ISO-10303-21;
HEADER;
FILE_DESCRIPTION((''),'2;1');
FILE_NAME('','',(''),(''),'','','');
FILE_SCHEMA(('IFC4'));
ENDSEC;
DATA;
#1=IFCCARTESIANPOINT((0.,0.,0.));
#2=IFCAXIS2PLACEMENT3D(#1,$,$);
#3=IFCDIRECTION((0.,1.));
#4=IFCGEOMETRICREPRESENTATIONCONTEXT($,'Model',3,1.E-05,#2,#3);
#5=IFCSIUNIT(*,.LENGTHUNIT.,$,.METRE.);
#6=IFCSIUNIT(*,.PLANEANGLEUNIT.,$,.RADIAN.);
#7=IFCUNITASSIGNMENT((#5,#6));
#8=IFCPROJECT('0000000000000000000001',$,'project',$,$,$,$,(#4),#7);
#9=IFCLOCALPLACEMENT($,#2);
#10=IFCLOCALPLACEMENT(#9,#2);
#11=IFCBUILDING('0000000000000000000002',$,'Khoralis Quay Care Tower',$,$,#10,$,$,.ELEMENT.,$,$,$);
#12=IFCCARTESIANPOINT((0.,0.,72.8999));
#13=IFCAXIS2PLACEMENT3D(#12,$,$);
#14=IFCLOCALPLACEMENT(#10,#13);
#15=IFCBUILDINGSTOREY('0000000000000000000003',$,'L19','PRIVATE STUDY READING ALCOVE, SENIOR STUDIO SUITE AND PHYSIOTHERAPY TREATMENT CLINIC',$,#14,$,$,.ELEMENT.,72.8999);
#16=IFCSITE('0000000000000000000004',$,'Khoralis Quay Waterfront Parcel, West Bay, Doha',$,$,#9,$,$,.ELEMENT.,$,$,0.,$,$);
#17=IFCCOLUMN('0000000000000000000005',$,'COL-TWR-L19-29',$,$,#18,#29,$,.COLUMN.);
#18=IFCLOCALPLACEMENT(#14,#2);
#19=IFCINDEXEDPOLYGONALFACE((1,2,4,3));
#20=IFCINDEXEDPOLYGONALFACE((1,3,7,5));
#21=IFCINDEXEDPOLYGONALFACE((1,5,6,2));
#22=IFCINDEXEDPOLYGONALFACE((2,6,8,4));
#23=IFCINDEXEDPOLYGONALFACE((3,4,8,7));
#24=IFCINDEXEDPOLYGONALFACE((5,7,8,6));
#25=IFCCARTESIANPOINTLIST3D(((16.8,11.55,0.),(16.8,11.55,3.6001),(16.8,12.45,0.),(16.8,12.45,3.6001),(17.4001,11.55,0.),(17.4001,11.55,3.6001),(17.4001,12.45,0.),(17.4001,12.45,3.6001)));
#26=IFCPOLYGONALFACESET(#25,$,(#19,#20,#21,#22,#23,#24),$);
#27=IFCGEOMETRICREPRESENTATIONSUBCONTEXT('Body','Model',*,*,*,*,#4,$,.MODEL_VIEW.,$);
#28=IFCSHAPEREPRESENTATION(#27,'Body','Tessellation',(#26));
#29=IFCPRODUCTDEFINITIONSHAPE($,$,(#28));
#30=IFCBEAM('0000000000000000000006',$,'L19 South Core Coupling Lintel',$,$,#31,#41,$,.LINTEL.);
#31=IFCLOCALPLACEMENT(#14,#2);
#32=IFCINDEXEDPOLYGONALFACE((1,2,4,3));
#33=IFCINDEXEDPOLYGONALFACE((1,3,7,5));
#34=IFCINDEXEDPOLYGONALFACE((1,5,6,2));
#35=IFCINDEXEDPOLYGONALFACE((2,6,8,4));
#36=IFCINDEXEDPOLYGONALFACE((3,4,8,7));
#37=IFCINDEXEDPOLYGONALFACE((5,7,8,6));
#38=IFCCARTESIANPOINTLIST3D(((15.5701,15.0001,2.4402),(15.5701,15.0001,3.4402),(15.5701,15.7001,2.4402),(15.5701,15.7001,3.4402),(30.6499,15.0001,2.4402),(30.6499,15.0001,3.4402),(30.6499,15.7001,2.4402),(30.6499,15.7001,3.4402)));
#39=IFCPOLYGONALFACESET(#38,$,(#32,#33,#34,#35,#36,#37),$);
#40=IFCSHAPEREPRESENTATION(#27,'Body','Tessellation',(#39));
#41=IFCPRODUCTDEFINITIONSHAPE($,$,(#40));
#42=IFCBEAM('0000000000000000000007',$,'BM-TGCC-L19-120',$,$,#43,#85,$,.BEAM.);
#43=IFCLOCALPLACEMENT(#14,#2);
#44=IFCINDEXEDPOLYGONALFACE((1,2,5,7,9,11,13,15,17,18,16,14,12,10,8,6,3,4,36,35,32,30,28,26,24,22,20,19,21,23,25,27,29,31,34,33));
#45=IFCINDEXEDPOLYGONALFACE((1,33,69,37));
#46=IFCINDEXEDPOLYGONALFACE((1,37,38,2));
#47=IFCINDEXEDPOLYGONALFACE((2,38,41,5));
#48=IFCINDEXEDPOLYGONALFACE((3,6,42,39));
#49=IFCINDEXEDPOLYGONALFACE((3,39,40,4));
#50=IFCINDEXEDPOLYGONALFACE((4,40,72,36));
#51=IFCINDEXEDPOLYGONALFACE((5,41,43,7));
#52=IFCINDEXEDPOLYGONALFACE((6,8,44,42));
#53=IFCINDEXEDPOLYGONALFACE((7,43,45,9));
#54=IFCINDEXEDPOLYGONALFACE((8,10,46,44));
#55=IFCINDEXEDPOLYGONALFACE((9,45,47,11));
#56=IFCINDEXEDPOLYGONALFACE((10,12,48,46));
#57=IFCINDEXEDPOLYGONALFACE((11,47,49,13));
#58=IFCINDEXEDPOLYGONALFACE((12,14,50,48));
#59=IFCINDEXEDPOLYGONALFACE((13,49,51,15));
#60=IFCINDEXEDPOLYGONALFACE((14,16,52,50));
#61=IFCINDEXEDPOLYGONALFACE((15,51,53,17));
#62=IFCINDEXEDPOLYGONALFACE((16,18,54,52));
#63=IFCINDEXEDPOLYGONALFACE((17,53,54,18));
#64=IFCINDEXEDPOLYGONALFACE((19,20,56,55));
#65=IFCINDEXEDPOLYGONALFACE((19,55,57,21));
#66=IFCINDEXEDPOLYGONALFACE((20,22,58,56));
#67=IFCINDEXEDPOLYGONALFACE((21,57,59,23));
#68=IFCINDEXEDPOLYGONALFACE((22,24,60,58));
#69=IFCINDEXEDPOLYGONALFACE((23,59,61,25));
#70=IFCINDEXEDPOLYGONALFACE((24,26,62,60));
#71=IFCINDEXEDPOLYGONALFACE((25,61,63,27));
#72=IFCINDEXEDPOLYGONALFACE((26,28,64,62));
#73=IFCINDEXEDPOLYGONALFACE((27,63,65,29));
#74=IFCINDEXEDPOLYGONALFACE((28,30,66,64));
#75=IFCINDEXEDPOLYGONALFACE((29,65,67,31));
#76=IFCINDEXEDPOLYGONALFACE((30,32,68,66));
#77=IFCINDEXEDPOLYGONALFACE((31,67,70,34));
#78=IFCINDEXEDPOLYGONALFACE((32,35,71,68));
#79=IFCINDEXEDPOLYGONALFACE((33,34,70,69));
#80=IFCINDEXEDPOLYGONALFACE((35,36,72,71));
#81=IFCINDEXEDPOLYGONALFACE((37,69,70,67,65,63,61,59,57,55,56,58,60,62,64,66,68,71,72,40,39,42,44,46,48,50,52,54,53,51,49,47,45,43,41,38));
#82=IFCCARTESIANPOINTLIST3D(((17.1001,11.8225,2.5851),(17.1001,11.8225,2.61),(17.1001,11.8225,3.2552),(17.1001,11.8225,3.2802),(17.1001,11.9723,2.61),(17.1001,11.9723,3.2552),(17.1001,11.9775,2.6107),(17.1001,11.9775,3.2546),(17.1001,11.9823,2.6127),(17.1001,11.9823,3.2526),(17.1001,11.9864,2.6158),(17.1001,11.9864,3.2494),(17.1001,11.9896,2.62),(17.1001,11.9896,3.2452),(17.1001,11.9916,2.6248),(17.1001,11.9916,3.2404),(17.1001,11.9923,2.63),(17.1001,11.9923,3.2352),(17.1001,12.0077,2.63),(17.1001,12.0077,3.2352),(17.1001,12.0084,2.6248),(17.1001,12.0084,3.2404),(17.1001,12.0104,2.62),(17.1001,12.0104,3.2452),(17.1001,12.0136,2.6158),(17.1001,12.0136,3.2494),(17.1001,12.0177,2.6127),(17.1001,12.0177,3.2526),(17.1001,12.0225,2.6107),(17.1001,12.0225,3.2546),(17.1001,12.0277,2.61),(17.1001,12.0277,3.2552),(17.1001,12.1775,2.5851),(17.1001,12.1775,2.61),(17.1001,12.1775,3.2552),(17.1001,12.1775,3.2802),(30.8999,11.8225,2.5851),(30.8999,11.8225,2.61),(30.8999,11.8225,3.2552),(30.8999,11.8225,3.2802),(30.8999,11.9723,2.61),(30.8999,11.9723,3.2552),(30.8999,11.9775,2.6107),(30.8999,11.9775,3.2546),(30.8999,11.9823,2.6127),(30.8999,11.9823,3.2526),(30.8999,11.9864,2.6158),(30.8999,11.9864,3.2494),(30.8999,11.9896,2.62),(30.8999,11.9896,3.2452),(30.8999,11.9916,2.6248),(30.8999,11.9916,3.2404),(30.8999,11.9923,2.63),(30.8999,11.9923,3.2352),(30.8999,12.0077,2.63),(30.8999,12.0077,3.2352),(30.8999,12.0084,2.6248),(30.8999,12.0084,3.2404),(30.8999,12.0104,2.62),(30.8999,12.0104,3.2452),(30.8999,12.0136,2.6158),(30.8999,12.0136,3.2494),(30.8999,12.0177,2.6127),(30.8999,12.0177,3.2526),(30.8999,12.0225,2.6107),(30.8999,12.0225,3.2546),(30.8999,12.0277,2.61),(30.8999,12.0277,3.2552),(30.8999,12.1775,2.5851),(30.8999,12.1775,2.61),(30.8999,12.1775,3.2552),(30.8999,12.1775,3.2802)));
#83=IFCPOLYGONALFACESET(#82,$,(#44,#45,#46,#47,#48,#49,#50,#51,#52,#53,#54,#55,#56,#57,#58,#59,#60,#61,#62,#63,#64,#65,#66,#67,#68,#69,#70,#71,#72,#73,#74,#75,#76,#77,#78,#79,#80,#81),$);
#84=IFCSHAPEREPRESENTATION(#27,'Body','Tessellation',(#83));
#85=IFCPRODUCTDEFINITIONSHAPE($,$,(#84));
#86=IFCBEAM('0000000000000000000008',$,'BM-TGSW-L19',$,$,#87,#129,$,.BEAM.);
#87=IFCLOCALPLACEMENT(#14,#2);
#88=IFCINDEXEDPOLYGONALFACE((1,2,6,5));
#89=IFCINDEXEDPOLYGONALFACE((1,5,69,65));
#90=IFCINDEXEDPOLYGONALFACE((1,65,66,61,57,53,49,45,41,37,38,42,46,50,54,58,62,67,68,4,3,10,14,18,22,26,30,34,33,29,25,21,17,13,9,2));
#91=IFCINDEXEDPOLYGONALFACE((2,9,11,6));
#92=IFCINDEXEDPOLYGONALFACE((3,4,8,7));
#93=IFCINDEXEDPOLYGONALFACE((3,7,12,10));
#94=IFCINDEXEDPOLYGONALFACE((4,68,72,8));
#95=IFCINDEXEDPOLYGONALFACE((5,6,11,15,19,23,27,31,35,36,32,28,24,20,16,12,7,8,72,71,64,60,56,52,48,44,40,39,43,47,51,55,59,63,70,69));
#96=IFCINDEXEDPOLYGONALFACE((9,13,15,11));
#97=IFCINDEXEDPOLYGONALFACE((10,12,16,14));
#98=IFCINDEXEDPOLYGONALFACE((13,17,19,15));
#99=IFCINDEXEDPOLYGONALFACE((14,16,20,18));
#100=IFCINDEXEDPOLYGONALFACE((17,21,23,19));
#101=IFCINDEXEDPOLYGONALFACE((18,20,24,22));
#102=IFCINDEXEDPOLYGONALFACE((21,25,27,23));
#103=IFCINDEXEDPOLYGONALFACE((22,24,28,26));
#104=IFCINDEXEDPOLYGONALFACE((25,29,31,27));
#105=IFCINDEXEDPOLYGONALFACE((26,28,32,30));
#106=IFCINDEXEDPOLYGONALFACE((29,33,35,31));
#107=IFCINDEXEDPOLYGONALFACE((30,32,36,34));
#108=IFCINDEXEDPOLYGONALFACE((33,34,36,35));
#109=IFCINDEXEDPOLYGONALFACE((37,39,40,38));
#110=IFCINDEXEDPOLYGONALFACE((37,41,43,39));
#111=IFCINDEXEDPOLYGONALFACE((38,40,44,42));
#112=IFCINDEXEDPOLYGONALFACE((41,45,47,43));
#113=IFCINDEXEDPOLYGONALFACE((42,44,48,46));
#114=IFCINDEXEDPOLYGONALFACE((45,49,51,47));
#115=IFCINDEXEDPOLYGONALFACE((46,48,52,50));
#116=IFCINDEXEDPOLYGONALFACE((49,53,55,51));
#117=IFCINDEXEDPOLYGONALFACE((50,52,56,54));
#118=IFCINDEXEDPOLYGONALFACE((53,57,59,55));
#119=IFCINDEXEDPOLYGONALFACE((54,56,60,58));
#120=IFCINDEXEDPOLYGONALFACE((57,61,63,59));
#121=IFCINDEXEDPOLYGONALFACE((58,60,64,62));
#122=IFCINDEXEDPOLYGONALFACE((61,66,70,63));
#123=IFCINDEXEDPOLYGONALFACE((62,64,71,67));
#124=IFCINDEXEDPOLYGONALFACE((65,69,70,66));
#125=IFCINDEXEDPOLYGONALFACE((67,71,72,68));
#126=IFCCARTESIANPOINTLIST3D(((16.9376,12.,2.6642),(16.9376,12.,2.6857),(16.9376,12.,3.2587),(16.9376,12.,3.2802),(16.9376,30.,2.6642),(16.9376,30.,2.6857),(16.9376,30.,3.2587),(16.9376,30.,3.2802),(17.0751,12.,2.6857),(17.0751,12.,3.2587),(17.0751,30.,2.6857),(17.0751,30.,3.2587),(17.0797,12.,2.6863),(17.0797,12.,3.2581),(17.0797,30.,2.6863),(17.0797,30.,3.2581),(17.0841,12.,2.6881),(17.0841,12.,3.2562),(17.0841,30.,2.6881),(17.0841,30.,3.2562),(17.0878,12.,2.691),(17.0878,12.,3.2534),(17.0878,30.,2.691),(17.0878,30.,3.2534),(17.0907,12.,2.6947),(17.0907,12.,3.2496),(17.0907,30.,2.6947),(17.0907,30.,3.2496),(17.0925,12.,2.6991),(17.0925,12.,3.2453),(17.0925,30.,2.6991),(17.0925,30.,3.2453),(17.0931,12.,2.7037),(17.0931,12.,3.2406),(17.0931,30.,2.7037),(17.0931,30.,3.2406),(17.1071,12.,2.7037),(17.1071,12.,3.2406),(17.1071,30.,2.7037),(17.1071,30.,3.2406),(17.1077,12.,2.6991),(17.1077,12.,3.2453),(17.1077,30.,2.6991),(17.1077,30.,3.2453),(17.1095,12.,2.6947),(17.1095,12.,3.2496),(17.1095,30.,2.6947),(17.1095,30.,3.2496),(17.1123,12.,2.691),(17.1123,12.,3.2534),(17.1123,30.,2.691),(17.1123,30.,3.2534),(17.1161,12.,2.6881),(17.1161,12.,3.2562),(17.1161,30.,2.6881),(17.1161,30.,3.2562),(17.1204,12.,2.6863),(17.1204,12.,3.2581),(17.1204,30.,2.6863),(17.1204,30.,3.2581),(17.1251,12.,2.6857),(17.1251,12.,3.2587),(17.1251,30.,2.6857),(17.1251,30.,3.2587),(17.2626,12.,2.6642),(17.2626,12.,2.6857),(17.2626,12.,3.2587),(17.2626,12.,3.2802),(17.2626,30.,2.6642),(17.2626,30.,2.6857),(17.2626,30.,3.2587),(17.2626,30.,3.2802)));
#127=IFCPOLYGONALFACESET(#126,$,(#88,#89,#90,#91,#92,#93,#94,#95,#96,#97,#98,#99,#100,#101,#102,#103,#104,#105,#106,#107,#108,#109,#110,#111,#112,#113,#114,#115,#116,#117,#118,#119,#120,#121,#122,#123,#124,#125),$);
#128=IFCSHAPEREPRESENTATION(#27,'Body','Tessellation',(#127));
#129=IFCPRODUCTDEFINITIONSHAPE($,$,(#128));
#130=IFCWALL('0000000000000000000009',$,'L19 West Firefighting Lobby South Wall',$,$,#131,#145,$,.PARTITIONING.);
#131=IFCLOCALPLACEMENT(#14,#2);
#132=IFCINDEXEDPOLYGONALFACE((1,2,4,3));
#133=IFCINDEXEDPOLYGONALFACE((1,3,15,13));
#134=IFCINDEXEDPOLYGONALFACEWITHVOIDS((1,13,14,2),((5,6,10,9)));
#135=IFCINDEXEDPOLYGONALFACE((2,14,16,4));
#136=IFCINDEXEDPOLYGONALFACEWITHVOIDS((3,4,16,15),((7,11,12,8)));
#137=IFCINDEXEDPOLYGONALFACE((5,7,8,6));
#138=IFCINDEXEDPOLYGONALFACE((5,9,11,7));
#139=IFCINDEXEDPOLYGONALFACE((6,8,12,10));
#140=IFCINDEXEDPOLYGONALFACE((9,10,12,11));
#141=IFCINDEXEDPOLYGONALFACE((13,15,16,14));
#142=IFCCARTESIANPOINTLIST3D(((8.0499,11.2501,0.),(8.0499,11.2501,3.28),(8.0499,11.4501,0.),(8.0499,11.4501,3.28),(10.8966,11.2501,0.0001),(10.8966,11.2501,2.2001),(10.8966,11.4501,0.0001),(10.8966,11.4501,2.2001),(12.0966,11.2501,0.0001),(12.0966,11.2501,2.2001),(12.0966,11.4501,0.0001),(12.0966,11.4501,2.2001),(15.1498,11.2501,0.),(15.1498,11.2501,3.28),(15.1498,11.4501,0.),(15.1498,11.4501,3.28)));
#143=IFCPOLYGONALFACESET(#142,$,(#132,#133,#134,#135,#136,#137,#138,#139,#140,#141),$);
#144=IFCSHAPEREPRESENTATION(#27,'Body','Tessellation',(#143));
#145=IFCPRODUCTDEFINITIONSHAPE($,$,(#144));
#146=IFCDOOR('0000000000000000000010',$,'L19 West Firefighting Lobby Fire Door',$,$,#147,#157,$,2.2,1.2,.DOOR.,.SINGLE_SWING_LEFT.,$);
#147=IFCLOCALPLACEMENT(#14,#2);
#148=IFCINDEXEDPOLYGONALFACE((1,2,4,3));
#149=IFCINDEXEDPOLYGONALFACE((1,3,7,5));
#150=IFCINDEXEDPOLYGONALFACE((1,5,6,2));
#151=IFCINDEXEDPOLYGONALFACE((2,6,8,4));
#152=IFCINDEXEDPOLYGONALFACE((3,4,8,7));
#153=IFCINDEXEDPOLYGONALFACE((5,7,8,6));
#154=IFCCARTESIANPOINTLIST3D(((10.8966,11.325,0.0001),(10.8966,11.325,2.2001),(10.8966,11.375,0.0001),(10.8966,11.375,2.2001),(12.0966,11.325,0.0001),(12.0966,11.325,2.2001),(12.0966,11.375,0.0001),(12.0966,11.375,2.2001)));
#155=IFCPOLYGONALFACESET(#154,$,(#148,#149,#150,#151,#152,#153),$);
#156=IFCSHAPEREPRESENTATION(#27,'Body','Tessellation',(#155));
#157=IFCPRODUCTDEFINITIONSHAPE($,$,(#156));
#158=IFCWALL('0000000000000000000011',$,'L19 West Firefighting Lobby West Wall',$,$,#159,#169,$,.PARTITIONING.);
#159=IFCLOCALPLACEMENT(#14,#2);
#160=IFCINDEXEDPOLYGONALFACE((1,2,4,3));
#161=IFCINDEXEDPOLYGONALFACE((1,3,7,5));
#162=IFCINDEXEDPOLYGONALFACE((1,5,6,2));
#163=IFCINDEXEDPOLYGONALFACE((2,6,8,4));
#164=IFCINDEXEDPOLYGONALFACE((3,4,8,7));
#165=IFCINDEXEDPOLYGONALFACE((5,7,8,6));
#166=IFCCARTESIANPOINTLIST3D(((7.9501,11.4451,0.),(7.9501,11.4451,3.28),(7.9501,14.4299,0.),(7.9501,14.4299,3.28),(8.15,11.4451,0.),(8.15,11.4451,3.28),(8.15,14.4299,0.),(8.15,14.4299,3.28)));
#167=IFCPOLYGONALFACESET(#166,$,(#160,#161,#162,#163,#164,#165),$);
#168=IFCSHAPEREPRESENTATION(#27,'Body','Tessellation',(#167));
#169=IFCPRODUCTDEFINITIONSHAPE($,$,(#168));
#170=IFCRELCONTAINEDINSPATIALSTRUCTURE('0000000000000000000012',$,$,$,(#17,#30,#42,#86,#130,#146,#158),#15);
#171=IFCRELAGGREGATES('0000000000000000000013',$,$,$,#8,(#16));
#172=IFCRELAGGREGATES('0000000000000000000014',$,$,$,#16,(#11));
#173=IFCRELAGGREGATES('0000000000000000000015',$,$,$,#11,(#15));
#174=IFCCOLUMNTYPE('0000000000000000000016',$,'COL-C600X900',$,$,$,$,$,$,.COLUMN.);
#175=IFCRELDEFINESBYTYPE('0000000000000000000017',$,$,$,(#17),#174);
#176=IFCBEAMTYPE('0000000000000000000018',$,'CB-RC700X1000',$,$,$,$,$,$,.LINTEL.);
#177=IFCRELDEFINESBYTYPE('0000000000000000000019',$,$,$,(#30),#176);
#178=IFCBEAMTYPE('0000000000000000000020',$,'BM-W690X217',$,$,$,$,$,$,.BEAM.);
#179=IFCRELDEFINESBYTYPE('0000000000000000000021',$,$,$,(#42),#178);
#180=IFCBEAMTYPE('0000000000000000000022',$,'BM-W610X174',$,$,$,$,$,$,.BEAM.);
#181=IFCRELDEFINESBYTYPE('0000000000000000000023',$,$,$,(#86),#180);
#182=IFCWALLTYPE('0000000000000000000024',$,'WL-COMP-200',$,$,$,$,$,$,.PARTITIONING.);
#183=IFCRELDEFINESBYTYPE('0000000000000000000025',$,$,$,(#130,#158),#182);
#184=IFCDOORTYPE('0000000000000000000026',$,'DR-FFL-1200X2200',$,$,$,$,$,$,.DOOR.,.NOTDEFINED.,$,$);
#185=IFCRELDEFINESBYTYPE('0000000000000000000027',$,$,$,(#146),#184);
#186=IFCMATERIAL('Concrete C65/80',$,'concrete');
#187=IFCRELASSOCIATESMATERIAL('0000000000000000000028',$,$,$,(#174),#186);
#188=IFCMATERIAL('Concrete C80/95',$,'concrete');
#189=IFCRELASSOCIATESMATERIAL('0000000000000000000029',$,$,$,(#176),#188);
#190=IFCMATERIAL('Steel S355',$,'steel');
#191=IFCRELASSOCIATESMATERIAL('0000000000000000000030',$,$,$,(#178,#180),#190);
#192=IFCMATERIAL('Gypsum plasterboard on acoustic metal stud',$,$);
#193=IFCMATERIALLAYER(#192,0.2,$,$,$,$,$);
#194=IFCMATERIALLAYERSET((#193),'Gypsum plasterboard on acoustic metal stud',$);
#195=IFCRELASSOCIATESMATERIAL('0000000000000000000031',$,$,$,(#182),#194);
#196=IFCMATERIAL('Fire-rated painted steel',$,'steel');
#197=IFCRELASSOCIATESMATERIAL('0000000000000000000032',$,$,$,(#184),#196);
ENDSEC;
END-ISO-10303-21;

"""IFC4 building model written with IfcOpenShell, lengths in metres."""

from ifc_helpers import new_model, si_unit, direction, frame, frame_2d, origin, origin_2d, place, context, subcontext, project, spatial, rectangle, i_section, extrude, source, transform, mapped, material, layer, layer_set, material_profile, profile_set, type_object, element, fill, save


model = new_model("IFC4")

# Units and contexts
model_context = context("Model", 3, precision=1e-05, world=origin(), true_north=direction((0.0, 1.0)))
body_context = subcontext(model_context, "Body", "Model", "MODEL_VIEW")
ifc_project = project(units=[si_unit("LENGTHUNIT", "METRE"), si_unit("PLANEANGLEUNIT", "RADIAN")], contexts=[model_context])

# Site, building, storey
site_placement = place(None, origin())
site = spatial("IfcSite", under=ifc_project, at=site_placement, Name="Khoralis Quay Waterfront Parcel, West Bay, Doha", CompositionType="ELEMENT", RefElevation=0.0)
building_placement = place(site_placement, origin())
building = spatial("IfcBuilding", under=site, at=building_placement, Name="Khoralis Quay Care Tower", CompositionType="ELEMENT")
storey_placement = place(building_placement, frame((0.0, 0.0, 72.8999)))
storey = spatial("IfcBuildingStorey", under=building, at=storey_placement, Name="L19", Description="PRIVATE STUDY READING ALCOVE, SENIOR STUDIO SUITE AND PHYSIOTHERAPY TREATMENT CLINIC", CompositionType="ELEMENT", Elevation=72.8999)

# Column
ifc_material_1 = material(Name="Concrete C65/80", Category="concrete")
ifc_material_profile_1 = material_profile(ifc_material_1, rectangle(XDim=0.6001, YDim=0.8999, at=origin_2d()), Name="Concrete C65/80")
ifc_profile_set_1 = profile_set([ifc_material_profile_1], Name="Concrete C65/80")
column_type = type_object("IfcColumnType", Name="COL-C600X900", PredefinedType="COLUMN", material=ifc_profile_set_1)
shared_shape_1 = source(origin(), body_context, "Body", "SweptSolid", [
    extrude(rectangle(XDim=0.6001, YDim=0.8999, at=origin_2d()), origin(), (0.0, 0.0, 1.0), 3.6001),
])
column_placement = place(storey_placement, frame((17.1001, 12.0, 0.0), z_axis=(0.0, 0.0, 1.0), x_axis=(1.0, 0.0, 0.0)))
element("IfcColumn", 1, at=column_placement, inside=storey, type_object=column_type, Name="COL-TWR-L19-29", PredefinedType="COLUMN", context=body_context, shape_type="MappedRepresentation", body=[
    mapped(shared_shape_1, transform((0.0, 0.0, 0.0), scale=1.0)),
])

# Beams
ifc_material_2 = material(Name="Concrete C80/95", Category="concrete")
ifc_material_profile_2 = material_profile(ifc_material_2, rectangle(XDim=0.7, YDim=1.0, at=origin_2d()), Name="Concrete C80/95")
ifc_profile_set_2 = profile_set([ifc_material_profile_2], Name="Concrete C80/95")
beam_type_1 = type_object("IfcBeamType", Name="CB-RC700X1000", PredefinedType="LINTEL", material=ifc_profile_set_2)
shared_shape_2 = source(origin(), body_context, "Body", "SweptSolid", [
    extrude(rectangle(XDim=0.7, YDim=1.0, at=origin_2d()), origin(), (0.0, 0.0, 1.0), 15.0798),
])
beam_1_placement = place(storey_placement, frame((15.5701, 15.3501, 2.9402), z_axis=(1.0, 0.0, 0.0), x_axis=(0.0, 1.0, 0.0)))
element("IfcBeam", 2, at=beam_1_placement, inside=storey, type_object=beam_type_1, Name="L19 South Core Coupling Lintel", PredefinedType="LINTEL", context=body_context, shape_type="MappedRepresentation", body=[
    mapped(shared_shape_2, transform((0.0, 0.0, 0.0), scale=1.0)),
])
ifc_material_3 = material(Name="Steel S355", Category="steel")
ifc_material_profile_3 = material_profile(ifc_material_3, i_section(OverallWidth=0.355, OverallDepth=0.6951, WebThickness=0.0154, FlangeThickness=0.0249, FilletRadius=0.02, at=origin_2d()), Name="Steel S355")
ifc_profile_set_3 = profile_set([ifc_material_profile_3], Name="Steel S355")
beam_type_2 = type_object("IfcBeamType", Name="BM-W690X217", PredefinedType="BEAM", material=ifc_profile_set_3)
shared_shape_3 = source(origin(), body_context, "Body", "SweptSolid", [
    extrude(i_section(OverallWidth=0.355, OverallDepth=0.6951, WebThickness=0.0154, FlangeThickness=0.0249, FilletRadius=0.02, at=origin_2d()), origin(), (0.0, 0.0, 1.0), 13.7998),
])
beam_2_placement = place(storey_placement, frame((17.1001, 12.0, 2.9326), z_axis=(1.0, 0.0, 0.0), x_axis=(0.0, 1.0, 0.0)))
element("IfcBeam", 3, at=beam_2_placement, inside=storey, type_object=beam_type_2, Name="BM-TGCC-L19-120", PredefinedType="BEAM", context=body_context, shape_type="MappedRepresentation", body=[
    mapped(shared_shape_3, transform((0.0, 0.0, 0.0), scale=1.0)),
])
ifc_material_profile_4 = material_profile(ifc_material_3, i_section(OverallWidth=0.325, OverallDepth=0.616, WebThickness=0.0139, FlangeThickness=0.0215, FilletRadius=0.0181, at=origin_2d()), Name="Steel S355")
ifc_profile_set_4 = profile_set([ifc_material_profile_4], Name="Steel S355")
beam_type_3 = type_object("IfcBeamType", Name="BM-W610X174", PredefinedType="BEAM", material=ifc_profile_set_4)
shared_shape_4 = source(origin(), body_context, "Body", "SweptSolid", [
    extrude(i_section(OverallWidth=0.325, OverallDepth=0.616, WebThickness=0.0139, FlangeThickness=0.0215, FilletRadius=0.0181, at=origin_2d()), origin(), (0.0, 0.0, 1.0), 18.0),
])
beam_3_placement = place(storey_placement, frame((17.1001, 12.0, 2.9722), z_axis=(0.0, 1.0, 0.0), x_axis=(-1.0, 0.0, 0.0)))
element("IfcBeam", 4, at=beam_3_placement, inside=storey, type_object=beam_type_3, Name="BM-TGSW-L19", PredefinedType="BEAM", context=body_context, shape_type="MappedRepresentation", body=[
    mapped(shared_shape_4, transform((0.0, 0.0, 0.0), scale=1.0)),
])

# Wall, opening, door
ifc_material_4 = material(Name="Gypsum plasterboard on acoustic metal stud")
ifc_layer_1 = layer(ifc_material_4, 0.2)
ifc_layer_set_1 = layer_set([ifc_layer_1], Name="Gypsum plasterboard on acoustic metal stud")
wall_type_1 = type_object("IfcWallType", Name="WL-COMP-200", PredefinedType="PARTITIONING", material=ifc_layer_set_1)
wall_1_placement = place(storey_placement, frame((8.05, 11.3501, 0.0), z_axis=(0.0, 0.0, 1.0), x_axis=(1.0, 0.0, 0.0)))
wall_1 = element("IfcWall", 5, at=wall_1_placement, inside=storey, type_object=wall_type_1, Name="L19 West Firefighting Lobby South Wall", PredefinedType="PARTITIONING", context=body_context, shape_type="SweptSolid", body=[
    extrude(rectangle(XDim=7.0999, YDim=0.2, at=frame_2d((3.5498, 0.0))), origin(), (0.0, 0.0, 1.0), 3.28),
])
opening_1_placement = place(wall_1_placement, frame((2.8464, 0.0, 0.0)))
opening_1 = element("IfcOpeningElement", 6, at=opening_1_placement, cuts=wall_1, PredefinedType="OPENING", context=body_context, shape_type="SweptSolid", body=[
    extrude(rectangle(XDim=1.2, YDim=2.2, at=frame_2d((0.6001, 1.1001))), frame((0.0, 0.1099, 0.0), z_axis=(0.0, -1.0, 0.0), x_axis=(1.0, 0.0, 0.0)), (0.0, 0.0, 1.0), 0.22),
])
ifc_material_5 = material(Name="Fire-rated painted steel", Category="steel")
door_type_1 = type_object("IfcDoorType", Name="DR-FFL-1200X2200", OperationType="NOTDEFINED", PredefinedType="DOOR", material=ifc_material_5)
shared_shape_5 = source(origin(), body_context, "Body", "SweptSolid", [
    extrude(rectangle(XDim=1.2, YDim=2.2, at=frame_2d((0.6001, 1.1001))), frame((0.0, 0.0249, 0.0), z_axis=(0.0, -1.0, 0.0), x_axis=(1.0, 0.0, 0.0)), (0.0, 0.0, 1.0), 0.05),
])
door_1_placement = place(opening_1_placement, origin())
door_1 = element("IfcDoor", 7, at=door_1_placement, inside=storey, type_object=door_type_1, Name="L19 West Firefighting Lobby Fire Door", OperationType="SINGLE_SWING_LEFT", OverallHeight=2.2, OverallWidth=1.2, PredefinedType="DOOR", context=body_context, shape_type="MappedRepresentation", body=[
    mapped(shared_shape_5, transform((0.0, 0.0, 0.0), scale=1.0)),
])
fill(opening_1, door_1)

# Wall
for number, where, z_axis, x_axis, name in (
    (8, (8.05, 11.4451, 0.0), (0.0, 0.0, 1.0), (0.0, 1.0, 0.0), "L19 West Firefighting Lobby West Wall"),
):
    element("IfcWall", number, at=place(storey_placement, frame(where, z_axis=z_axis, x_axis=x_axis)), inside=storey, type_object=wall_type_1, Name=name, PredefinedType="PARTITIONING", context=body_context, shape_type="SweptSolid", body=[
        extrude(rectangle(XDim=2.9849, YDim=0.2, at=frame_2d((1.4924, 0.0))), origin(), (0.0, 0.0, 1.0), 3.28),
    ])

save(model, "model.ifc")
